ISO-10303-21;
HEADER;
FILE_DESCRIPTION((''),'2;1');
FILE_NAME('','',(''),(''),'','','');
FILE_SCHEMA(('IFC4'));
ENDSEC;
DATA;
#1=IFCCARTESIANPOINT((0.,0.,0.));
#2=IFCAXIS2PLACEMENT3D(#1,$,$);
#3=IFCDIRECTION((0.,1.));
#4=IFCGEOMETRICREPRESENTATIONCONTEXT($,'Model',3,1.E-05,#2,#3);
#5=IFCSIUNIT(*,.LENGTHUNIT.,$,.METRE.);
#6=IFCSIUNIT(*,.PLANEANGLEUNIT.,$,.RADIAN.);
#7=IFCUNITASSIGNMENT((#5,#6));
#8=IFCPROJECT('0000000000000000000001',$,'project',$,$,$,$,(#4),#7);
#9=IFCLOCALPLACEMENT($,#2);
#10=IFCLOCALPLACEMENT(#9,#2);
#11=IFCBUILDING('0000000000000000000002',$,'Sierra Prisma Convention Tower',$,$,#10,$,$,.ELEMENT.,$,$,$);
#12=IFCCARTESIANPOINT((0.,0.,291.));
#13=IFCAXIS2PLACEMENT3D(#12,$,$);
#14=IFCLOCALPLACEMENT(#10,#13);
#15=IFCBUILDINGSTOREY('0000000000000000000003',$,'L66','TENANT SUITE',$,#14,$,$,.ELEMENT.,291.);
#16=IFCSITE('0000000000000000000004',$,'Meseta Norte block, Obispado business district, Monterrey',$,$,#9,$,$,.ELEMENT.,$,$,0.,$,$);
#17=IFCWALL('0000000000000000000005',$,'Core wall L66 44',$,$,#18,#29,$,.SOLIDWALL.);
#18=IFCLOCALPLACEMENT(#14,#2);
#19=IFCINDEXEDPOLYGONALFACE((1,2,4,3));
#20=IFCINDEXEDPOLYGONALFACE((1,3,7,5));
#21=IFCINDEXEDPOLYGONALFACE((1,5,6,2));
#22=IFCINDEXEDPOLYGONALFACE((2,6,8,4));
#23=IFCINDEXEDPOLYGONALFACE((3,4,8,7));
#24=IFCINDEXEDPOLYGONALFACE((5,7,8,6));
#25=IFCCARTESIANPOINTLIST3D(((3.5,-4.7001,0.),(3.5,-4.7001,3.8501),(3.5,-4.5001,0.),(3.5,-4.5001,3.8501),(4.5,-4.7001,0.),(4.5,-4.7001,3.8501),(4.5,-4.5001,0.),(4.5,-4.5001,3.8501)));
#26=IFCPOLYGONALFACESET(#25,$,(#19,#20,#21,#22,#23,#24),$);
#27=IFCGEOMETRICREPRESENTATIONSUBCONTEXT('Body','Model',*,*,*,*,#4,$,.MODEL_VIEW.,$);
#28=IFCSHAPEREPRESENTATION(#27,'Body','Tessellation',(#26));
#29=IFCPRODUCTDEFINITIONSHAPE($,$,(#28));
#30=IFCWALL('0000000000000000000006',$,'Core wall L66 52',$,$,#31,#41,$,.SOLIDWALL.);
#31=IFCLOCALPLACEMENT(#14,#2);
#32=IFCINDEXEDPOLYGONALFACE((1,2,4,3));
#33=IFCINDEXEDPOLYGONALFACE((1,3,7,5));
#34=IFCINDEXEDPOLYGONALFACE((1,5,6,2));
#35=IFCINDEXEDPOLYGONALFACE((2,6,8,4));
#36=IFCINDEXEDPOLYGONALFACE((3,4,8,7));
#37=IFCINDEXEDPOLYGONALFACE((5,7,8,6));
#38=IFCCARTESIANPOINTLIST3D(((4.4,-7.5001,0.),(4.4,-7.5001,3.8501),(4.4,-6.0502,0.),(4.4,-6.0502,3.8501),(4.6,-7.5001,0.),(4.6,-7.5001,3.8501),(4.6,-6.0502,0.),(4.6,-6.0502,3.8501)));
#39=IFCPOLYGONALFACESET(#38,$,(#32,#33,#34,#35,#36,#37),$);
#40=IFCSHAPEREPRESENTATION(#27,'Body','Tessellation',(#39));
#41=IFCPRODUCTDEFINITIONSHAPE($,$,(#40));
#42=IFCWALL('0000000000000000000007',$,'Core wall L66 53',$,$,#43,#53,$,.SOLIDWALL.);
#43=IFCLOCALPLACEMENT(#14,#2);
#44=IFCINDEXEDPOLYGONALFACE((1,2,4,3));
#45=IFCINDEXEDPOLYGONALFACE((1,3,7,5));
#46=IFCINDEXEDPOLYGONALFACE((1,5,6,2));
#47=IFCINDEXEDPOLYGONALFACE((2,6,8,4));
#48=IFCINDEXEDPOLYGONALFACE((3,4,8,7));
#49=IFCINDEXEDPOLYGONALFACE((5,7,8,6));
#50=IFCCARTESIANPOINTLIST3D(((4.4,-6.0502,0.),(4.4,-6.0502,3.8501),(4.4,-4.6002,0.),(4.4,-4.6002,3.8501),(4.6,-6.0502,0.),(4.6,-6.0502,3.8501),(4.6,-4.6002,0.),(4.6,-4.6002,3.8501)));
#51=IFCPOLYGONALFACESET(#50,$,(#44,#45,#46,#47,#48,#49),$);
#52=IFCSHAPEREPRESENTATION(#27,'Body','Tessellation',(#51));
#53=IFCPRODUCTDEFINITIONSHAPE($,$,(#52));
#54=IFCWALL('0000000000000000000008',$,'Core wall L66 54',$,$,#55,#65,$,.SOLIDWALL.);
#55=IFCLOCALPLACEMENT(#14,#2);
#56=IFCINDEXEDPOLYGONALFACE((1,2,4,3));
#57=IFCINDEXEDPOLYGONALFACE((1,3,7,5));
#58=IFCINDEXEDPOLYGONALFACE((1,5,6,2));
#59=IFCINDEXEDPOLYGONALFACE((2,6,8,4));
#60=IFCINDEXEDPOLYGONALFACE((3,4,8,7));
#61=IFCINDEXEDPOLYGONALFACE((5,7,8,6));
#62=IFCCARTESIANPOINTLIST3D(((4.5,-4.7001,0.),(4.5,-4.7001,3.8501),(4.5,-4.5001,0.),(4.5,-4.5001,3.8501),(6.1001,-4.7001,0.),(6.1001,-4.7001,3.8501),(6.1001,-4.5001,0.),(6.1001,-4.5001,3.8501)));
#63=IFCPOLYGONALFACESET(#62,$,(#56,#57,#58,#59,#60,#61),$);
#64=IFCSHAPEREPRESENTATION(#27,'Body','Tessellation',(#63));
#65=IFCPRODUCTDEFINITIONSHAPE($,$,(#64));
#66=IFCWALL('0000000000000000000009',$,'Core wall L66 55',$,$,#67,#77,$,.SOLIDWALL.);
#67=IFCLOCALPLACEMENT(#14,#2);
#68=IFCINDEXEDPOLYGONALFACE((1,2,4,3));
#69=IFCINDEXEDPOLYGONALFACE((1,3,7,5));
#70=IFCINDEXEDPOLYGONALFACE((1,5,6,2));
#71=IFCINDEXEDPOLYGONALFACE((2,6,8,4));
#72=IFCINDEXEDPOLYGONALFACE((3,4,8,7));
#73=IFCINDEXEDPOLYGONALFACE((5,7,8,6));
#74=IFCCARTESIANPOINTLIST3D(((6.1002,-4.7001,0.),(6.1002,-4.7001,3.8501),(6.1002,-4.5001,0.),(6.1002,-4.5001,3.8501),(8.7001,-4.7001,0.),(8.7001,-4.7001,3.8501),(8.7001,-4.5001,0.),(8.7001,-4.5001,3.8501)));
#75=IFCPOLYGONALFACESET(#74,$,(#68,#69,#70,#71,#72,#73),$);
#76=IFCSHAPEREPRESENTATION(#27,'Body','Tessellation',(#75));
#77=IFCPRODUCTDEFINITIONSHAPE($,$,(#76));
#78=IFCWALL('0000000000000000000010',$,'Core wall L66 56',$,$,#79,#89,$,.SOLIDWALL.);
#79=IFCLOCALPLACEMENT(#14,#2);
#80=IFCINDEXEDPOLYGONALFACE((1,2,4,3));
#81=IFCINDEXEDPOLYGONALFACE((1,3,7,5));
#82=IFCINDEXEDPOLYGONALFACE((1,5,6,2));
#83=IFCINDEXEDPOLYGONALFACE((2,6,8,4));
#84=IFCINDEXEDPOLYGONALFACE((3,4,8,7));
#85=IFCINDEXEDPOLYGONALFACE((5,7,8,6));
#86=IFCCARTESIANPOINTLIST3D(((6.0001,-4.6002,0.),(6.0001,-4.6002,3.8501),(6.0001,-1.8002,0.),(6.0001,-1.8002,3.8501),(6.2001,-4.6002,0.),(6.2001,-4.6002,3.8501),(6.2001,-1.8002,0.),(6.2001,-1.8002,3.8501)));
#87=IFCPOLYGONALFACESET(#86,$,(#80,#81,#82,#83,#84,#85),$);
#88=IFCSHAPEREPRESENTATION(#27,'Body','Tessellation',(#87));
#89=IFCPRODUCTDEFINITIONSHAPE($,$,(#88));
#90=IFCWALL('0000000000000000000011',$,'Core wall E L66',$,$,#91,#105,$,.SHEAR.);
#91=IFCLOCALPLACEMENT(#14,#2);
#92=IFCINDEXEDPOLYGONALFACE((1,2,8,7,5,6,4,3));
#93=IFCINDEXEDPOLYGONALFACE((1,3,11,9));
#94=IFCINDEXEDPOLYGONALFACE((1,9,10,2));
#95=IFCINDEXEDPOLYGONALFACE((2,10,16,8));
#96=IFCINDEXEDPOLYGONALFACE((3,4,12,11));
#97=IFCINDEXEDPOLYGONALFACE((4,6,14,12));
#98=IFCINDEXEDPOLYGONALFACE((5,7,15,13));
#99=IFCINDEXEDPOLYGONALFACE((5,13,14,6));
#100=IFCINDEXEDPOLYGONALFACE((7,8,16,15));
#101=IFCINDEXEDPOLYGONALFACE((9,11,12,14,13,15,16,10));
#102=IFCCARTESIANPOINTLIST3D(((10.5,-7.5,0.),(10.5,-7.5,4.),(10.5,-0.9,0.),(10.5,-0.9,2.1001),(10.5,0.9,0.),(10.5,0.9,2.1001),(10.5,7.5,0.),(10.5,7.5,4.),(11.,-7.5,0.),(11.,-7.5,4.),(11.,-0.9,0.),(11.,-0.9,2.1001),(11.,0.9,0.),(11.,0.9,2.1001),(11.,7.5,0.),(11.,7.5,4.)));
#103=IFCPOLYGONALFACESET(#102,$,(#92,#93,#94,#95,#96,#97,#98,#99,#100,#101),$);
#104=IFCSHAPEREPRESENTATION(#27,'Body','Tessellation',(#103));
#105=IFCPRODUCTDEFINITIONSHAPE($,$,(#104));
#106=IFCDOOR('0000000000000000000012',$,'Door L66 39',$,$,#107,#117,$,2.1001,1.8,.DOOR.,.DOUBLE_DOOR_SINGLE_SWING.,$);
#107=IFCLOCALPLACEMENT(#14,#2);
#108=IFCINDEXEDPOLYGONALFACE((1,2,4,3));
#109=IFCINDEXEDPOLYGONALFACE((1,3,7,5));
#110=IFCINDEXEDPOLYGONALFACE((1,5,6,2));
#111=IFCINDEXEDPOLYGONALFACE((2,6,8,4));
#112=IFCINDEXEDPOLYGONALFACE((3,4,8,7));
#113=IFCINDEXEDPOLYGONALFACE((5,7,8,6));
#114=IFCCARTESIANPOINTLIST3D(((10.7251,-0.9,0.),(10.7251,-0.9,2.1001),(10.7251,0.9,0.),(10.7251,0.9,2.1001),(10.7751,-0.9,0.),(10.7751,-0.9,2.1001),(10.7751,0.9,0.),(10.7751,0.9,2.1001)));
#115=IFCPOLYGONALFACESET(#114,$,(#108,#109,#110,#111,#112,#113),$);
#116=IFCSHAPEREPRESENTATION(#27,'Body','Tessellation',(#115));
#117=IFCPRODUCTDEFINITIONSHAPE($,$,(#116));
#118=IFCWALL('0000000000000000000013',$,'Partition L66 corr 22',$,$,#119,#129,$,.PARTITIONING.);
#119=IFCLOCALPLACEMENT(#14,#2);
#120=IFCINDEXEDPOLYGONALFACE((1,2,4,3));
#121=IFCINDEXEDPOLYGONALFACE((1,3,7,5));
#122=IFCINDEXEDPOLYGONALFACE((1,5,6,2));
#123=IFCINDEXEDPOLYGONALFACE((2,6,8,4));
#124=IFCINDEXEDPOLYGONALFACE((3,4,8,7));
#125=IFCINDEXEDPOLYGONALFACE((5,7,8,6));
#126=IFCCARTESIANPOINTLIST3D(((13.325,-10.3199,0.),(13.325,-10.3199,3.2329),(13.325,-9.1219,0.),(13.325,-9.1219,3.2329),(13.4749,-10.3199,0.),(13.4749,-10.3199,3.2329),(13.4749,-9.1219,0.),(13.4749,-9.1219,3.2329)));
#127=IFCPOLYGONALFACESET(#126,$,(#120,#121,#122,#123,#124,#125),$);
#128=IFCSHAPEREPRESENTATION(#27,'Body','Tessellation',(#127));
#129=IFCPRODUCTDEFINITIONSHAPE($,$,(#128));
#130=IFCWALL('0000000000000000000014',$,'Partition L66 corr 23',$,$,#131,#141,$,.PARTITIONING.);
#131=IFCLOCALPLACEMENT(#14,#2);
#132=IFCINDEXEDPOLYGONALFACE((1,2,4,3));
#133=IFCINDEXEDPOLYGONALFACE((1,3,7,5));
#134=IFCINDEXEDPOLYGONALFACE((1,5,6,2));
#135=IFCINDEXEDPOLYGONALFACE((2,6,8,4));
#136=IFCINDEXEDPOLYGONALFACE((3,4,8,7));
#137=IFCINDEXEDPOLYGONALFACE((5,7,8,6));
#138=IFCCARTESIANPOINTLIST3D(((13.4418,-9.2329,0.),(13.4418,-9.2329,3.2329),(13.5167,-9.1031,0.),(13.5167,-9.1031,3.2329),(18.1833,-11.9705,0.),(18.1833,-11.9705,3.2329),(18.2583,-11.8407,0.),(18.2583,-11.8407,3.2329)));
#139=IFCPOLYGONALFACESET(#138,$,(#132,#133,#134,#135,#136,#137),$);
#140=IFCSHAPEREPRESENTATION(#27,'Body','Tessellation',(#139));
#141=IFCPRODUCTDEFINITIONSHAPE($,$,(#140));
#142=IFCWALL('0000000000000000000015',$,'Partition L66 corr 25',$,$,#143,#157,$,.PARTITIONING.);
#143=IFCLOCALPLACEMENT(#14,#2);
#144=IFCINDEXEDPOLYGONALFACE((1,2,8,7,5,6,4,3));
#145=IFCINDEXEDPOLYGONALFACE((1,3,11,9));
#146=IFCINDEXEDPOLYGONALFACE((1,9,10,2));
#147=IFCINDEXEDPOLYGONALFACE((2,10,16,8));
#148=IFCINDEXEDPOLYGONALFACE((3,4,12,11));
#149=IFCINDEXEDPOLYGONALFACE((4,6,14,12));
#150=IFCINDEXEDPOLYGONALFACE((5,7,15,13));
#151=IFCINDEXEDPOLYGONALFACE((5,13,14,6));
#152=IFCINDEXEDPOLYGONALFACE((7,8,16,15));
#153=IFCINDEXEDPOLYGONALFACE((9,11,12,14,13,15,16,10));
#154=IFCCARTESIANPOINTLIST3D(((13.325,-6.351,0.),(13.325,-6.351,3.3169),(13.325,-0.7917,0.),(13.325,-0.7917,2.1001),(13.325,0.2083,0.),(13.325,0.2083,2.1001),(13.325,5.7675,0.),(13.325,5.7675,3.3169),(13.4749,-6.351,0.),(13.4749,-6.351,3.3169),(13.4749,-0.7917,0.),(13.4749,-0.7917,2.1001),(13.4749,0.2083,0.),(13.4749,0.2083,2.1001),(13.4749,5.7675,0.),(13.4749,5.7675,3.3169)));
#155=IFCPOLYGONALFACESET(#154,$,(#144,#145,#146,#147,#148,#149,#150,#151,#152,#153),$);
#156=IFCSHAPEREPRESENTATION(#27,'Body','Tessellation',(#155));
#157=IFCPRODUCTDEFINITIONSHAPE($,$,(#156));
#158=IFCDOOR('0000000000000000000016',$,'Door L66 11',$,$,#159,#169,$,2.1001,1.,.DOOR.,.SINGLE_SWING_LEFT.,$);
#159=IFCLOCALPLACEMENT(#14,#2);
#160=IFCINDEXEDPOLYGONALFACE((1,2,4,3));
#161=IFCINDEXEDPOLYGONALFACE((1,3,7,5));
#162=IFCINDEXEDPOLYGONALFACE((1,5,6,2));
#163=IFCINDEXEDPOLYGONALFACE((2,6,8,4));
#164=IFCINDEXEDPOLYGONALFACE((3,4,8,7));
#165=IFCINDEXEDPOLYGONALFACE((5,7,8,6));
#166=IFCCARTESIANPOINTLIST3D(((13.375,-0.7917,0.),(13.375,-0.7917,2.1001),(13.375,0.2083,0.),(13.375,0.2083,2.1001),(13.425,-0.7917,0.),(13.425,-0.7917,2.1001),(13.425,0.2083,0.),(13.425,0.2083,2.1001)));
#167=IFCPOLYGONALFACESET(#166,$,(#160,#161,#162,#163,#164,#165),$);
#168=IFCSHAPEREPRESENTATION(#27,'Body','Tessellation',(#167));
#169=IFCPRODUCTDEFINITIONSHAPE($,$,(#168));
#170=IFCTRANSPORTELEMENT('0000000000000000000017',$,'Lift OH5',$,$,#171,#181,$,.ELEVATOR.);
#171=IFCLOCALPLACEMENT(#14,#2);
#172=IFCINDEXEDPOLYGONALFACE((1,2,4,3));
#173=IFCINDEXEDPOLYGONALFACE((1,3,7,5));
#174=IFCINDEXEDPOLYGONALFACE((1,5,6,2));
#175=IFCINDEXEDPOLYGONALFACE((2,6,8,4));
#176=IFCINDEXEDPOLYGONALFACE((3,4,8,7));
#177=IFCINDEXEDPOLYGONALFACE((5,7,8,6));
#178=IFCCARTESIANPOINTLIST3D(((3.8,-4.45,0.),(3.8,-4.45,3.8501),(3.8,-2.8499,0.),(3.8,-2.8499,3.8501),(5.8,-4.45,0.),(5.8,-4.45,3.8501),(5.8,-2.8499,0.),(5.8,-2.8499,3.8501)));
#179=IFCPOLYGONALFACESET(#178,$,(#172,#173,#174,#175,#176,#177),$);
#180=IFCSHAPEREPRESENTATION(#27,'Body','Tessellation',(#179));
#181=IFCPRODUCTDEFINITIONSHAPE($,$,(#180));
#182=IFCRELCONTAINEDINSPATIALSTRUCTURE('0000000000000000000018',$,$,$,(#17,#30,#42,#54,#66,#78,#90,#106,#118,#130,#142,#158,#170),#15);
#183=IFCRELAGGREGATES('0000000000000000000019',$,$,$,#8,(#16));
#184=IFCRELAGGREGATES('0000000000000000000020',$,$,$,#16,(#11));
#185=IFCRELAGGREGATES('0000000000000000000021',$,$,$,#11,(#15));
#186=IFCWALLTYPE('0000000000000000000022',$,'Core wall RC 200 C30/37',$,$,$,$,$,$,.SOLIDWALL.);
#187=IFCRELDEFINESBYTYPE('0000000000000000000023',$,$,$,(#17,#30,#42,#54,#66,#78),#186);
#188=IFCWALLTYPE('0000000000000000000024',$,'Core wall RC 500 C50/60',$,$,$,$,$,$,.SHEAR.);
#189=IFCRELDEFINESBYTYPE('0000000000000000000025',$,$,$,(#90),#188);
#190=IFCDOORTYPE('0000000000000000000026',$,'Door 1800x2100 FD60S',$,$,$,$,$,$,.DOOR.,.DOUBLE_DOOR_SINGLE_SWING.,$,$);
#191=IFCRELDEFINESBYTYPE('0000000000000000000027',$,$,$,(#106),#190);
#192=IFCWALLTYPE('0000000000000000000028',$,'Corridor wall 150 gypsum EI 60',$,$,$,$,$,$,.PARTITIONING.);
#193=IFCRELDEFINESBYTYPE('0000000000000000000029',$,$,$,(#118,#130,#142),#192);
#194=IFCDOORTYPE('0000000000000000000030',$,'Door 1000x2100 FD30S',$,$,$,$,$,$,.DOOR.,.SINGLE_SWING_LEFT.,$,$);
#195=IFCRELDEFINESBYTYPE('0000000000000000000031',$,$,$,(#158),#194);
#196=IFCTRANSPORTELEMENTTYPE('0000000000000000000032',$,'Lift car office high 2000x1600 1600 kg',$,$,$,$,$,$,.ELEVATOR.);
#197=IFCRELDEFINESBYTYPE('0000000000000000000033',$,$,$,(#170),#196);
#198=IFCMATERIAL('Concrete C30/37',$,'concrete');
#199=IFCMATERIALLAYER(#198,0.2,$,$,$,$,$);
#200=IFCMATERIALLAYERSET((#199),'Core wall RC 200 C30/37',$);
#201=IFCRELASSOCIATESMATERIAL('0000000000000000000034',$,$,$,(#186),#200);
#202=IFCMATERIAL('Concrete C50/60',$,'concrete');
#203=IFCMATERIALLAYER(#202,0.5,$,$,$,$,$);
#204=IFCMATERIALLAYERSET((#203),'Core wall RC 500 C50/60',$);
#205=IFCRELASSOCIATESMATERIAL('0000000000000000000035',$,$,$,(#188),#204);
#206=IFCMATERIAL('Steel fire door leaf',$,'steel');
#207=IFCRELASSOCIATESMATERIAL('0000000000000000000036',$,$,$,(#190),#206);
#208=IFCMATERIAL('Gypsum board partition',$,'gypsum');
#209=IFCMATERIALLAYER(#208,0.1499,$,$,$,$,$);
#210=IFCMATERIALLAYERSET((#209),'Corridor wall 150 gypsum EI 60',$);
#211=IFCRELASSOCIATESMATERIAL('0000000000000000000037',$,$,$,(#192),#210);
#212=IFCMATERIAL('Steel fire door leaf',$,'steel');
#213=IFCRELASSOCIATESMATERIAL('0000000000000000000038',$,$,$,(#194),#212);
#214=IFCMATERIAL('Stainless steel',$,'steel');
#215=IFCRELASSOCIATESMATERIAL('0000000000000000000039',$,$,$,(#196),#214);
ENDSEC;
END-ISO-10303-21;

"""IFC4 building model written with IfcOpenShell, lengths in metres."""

from ifc_helpers import new_model, si_unit, direction, frame, frame_2d, origin, origin_2d, place, context, subcontext, project, spatial, rectangle, extrude, material, layer, layer_set, type_object, element, fill, save


model = new_model("IFC4")

# Units and contexts
model_context = context("Model", 3, precision=1e-05, world=origin(), true_north=direction((0.0, 1.0)))
body_context = subcontext(model_context, "Body", "Model", "MODEL_VIEW")
ifc_project = project(units=[si_unit("LENGTHUNIT", "METRE"), si_unit("PLANEANGLEUNIT", "RADIAN")], contexts=[model_context])

# Site, building, storey
site_placement = place(None, origin())
site = spatial("IfcSite", under=ifc_project, at=site_placement, Name="Meseta Norte block, Obispado business district, Monterrey", CompositionType="ELEMENT", RefElevation=0.0)
building_placement = place(site_placement, origin())
building = spatial("IfcBuilding", under=site, at=building_placement, Name="Sierra Prisma Convention Tower", CompositionType="ELEMENT")
storey_placement = place(building_placement, frame((0.0, 0.0, 291.0)))
storey = spatial("IfcBuildingStorey", under=building, at=storey_placement, Name="L66", Description="TENANT SUITE", CompositionType="ELEMENT", Elevation=291.0)

# Walls
ifc_material_1 = material(Name="Concrete C30/37", Category="concrete")
ifc_layer_1 = layer(ifc_material_1, 0.2)
ifc_layer_set_1 = layer_set([ifc_layer_1], Name="Core wall RC 200 C30/37")
wall_type_1 = type_object("IfcWallType", Name="Core wall RC 200 C30/37", PredefinedType="SOLIDWALL", material=ifc_layer_set_1)
wall_1_placement = place(storey_placement, frame((4.5, -4.6001, 0.0), z_axis=(0.0, 0.0, 1.0), x_axis=(-1.0, 0.0, 0.0)))
element("IfcWall", 1, at=wall_1_placement, inside=storey, type_object=wall_type_1, Name="Core wall L66 44", PredefinedType="SOLIDWALL", context=body_context, shape_type="SweptSolid", body=[
    extrude(rectangle(XDim=1.0, YDim=0.2, at=frame_2d((0.5, 0.0))), origin(), (0.0, 0.0, 1.0), 3.8501),
])
for number, where, z_axis, x_axis, name in (
    (2, (4.5, -6.05, 0.0), (0.0, 0.0, 1.0), (0.0, -1.0, 0.0), "Core wall L66 52"),
    (3, (4.5, -4.6001, 0.0), (0.0, 0.0, 1.0), (0.0, -1.0, 0.0), "Core wall L66 53"),
):
    element("IfcWall", number, at=place(storey_placement, frame(where, z_axis=z_axis, x_axis=x_axis)), inside=storey, type_object=wall_type_1, Name=name, PredefinedType="SOLIDWALL", context=body_context, shape_type="SweptSolid", body=[
        extrude(rectangle(XDim=1.45, YDim=0.2, at=frame_2d((0.7251, 0.0))), origin(), (0.0, 0.0, 1.0), 3.8501),
    ])
wall_2_placement = place(storey_placement, frame((6.1001, -4.6001, 0.0), z_axis=(0.0, 0.0, 1.0), x_axis=(-1.0, 0.0, 0.0)))
element("IfcWall", 4, at=wall_2_placement, inside=storey, type_object=wall_type_1, Name="Core wall L66 54", PredefinedType="SOLIDWALL", context=body_context, shape_type="SweptSolid", body=[
    extrude(rectangle(XDim=1.6001, YDim=0.2, at=frame_2d((0.8, 0.0))), origin(), (0.0, 0.0, 1.0), 3.8501),
])
wall_3_placement = place(storey_placement, frame((8.7, -4.6001, 0.0), z_axis=(0.0, 0.0, 1.0), x_axis=(-1.0, 0.0, 0.0)))
element("IfcWall", 5, at=wall_3_placement, inside=storey, type_object=wall_type_1, Name="Core wall L66 55", PredefinedType="SOLIDWALL", context=body_context, shape_type="SweptSolid", body=[
    extrude(rectangle(XDim=2.5999, YDim=0.2, at=frame_2d((1.2998, 0.0))), origin(), (0.0, 0.0, 1.0), 3.8501),
])
wall_4_placement = place(storey_placement, frame((6.1001, -4.6001, 0.0), z_axis=(0.0, 0.0, 1.0), x_axis=(0.0, 1.0, 0.0)))
element("IfcWall", 6, at=wall_4_placement, inside=storey, type_object=wall_type_1, Name="Core wall L66 56", PredefinedType="SOLIDWALL", context=body_context, shape_type="SweptSolid", body=[
    extrude(rectangle(XDim=2.8, YDim=0.2, at=frame_2d((1.3999, 0.0))), origin(), (0.0, 0.0, 1.0), 3.8501),
])

# Wall, opening, door
ifc_material_2 = material(Name="Concrete C50/60", Category="concrete")
ifc_layer_2 = layer(ifc_material_2, 0.5)
ifc_layer_set_2 = layer_set([ifc_layer_2], Name="Core wall RC 500 C50/60")
wall_type_2 = type_object("IfcWallType", Name="Core wall RC 500 C50/60", PredefinedType="SHEAR", material=ifc_layer_set_2)
wall_5_placement = place(storey_placement, frame((10.75, -7.5, 0.0), z_axis=(0.0, 0.0, 1.0), x_axis=(0.0, 1.0, 0.0)))
wall_5 = element("IfcWall", 7, at=wall_5_placement, inside=storey, type_object=wall_type_2, Name="Core wall E L66", PredefinedType="SHEAR", context=body_context, shape_type="SweptSolid", body=[
    extrude(rectangle(XDim=15.0, YDim=0.5, at=frame_2d((7.5, 0.0))), origin(), (0.0, 0.0, 1.0), 4.0),
])
opening_1_placement = place(wall_5_placement, frame((6.6001, 0.0, 0.0)))
opening_1 = element("IfcOpeningElement", 8, at=opening_1_placement, cuts=wall_5, PredefinedType="OPENING", context=body_context, shape_type="SweptSolid", body=[
    extrude(rectangle(XDim=1.8, YDim=2.1001, at=frame_2d((0.8999, 1.05))), frame((0.0, 0.25, 0.0), z_axis=(0.0, -1.0, 0.0), x_axis=(1.0, 0.0, 0.0)), (0.0, 0.0, 1.0), 0.5),
])
ifc_material_3 = material(Name="Steel fire door leaf", Category="steel")
door_type_1 = type_object("IfcDoorType", Name="Door 1800x2100 FD60S", OperationType="DOUBLE_DOOR_SINGLE_SWING", PredefinedType="DOOR", material=ifc_material_3)
door_1_placement = place(opening_1_placement, origin())
door_1 = element("IfcDoor", 9, at=door_1_placement, inside=storey, type_object=door_type_1, Name="Door L66 39", OperationType="DOUBLE_DOOR_SINGLE_SWING", OverallHeight=2.1001, OverallWidth=1.8, PredefinedType="DOOR", context=body_context, shape_type="SweptSolid", body=[
    extrude(rectangle(XDim=1.8, YDim=2.1001, at=frame_2d((0.8999, 1.05))), frame((0.0, 0.0249, 0.0), z_axis=(0.0, -1.0, 0.0), x_axis=(1.0, 0.0, 0.0)), (0.0, 0.0, 1.0), 0.05),
])
fill(opening_1, door_1)

# Walls
ifc_material_4 = material(Name="Gypsum board partition", Category="gypsum")
ifc_layer_3 = layer(ifc_material_4, 0.1499)
ifc_layer_set_3 = layer_set([ifc_layer_3], Name="Corridor wall 150 gypsum EI 60")
wall_type_3 = type_object("IfcWallType", Name="Corridor wall 150 gypsum EI 60", PredefinedType="PARTITIONING", material=ifc_layer_set_3)
wall_6_placement = place(storey_placement, frame((13.3999, -10.3201, 0.0), z_axis=(0.0, 0.0, 1.0), x_axis=(0.0, 1.0, 0.0)))
element("IfcWall", 10, at=wall_6_placement, inside=storey, type_object=wall_type_3, Name="Partition L66 corr 22", PredefinedType="PARTITIONING", context=body_context, shape_type="SweptSolid", body=[
    extrude(rectangle(XDim=1.198, YDim=0.1499, at=frame_2d((0.5991, 0.0))), origin(), (0.0, 0.0, 1.0), 3.2329),
])
wall_7_placement = place(storey_placement, frame((13.4792, -9.168, 0.0), z_axis=(0.0, 0.0, 1.0), x_axis=(0.86602, -0.500009, 0.0)))
element("IfcWall", 11, at=wall_7_placement, inside=storey, type_object=wall_type_3, Name="Partition L66 corr 23", PredefinedType="PARTITIONING", context=body_context, shape_type="SweptSolid", body=[
    extrude(rectangle(XDim=5.4751, YDim=0.1499, at=frame_2d((2.7375, 0.0))), origin(), (0.0, 0.0, 1.0), 3.2329),
])

# Wall, opening, door
wall_8_placement = place(storey_placement, frame((13.3999, -6.3508, 0.0), z_axis=(0.0, 0.0, 1.0), x_axis=(0.0, 1.0, 0.0)))
wall_8 = element("IfcWall", 12, at=wall_8_placement, inside=storey, type_object=wall_type_3, Name="Partition L66 corr 25", PredefinedType="PARTITIONING", context=body_context, shape_type="SweptSolid", body=[
    extrude(rectangle(XDim=12.1184, YDim=0.1499, at=frame_2d((6.0591, 0.0))), origin(), (0.0, 0.0, 1.0), 3.3169),
])
opening_2_placement = place(wall_8_placement, frame((5.5591, 0.0, 0.0)))
opening_2 = element("IfcOpeningElement", 13, at=opening_2_placement, cuts=wall_8, PredefinedType="OPENING", context=body_context, shape_type="SweptSolid", body=[
    extrude(rectangle(XDim=1.0, YDim=2.1001, at=frame_2d((0.5, 1.05))), frame((0.0, 0.075, 0.0), z_axis=(0.0, -1.0, 0.0), x_axis=(1.0, 0.0, 0.0)), (0.0, 0.0, 1.0), 0.1499),
])
ifc_material_5 = material(Name="Steel fire door leaf", Category="steel")
door_type_2 = type_object("IfcDoorType", Name="Door 1000x2100 FD30S", OperationType="SINGLE_SWING_LEFT", PredefinedType="DOOR", material=ifc_material_5)
door_2_placement = place(opening_2_placement, origin())
door_2 = element("IfcDoor", 14, at=door_2_placement, inside=storey, type_object=door_type_2, Name="Door L66 11", OperationType="SINGLE_SWING_LEFT", OverallHeight=2.1001, OverallWidth=1.0, PredefinedType="DOOR", context=body_context, shape_type="SweptSolid", body=[
    extrude(rectangle(XDim=1.0, YDim=2.1001, at=frame_2d((0.5, 1.05))), frame((0.0, 0.0249, 0.0), z_axis=(0.0, -1.0, 0.0), x_axis=(1.0, 0.0, 0.0)), (0.0, 0.0, 1.0), 0.05),
])
fill(opening_2, door_2)

# Transport element
ifc_material_6 = material(Name="Stainless steel", Category="steel")
transport_element_type = type_object("IfcTransportElementType", Name="Lift car office high 2000x1600 1600 kg", PredefinedType="ELEVATOR", material=ifc_material_6)
for number, where, z_axis, x_axis, name in (
    (15, (4.8, -3.6499, 0.0), (0.0, 0.0, 1.0), (1.0, 0.0, 0.0), "Lift OH5"),
):
    element("IfcTransportElement", number, at=place(storey_placement, frame(where, z_axis=z_axis, x_axis=x_axis)), inside=storey, type_object=transport_element_type, Name=name, PredefinedType="ELEVATOR", context=body_context, shape_type="SweptSolid", body=[
        extrude(rectangle(XDim=2.0, YDim=1.6001, at=origin_2d()), origin(), (0.0, 0.0, 1.0), 3.8501),
    ])

save(model, "model.ifc")
